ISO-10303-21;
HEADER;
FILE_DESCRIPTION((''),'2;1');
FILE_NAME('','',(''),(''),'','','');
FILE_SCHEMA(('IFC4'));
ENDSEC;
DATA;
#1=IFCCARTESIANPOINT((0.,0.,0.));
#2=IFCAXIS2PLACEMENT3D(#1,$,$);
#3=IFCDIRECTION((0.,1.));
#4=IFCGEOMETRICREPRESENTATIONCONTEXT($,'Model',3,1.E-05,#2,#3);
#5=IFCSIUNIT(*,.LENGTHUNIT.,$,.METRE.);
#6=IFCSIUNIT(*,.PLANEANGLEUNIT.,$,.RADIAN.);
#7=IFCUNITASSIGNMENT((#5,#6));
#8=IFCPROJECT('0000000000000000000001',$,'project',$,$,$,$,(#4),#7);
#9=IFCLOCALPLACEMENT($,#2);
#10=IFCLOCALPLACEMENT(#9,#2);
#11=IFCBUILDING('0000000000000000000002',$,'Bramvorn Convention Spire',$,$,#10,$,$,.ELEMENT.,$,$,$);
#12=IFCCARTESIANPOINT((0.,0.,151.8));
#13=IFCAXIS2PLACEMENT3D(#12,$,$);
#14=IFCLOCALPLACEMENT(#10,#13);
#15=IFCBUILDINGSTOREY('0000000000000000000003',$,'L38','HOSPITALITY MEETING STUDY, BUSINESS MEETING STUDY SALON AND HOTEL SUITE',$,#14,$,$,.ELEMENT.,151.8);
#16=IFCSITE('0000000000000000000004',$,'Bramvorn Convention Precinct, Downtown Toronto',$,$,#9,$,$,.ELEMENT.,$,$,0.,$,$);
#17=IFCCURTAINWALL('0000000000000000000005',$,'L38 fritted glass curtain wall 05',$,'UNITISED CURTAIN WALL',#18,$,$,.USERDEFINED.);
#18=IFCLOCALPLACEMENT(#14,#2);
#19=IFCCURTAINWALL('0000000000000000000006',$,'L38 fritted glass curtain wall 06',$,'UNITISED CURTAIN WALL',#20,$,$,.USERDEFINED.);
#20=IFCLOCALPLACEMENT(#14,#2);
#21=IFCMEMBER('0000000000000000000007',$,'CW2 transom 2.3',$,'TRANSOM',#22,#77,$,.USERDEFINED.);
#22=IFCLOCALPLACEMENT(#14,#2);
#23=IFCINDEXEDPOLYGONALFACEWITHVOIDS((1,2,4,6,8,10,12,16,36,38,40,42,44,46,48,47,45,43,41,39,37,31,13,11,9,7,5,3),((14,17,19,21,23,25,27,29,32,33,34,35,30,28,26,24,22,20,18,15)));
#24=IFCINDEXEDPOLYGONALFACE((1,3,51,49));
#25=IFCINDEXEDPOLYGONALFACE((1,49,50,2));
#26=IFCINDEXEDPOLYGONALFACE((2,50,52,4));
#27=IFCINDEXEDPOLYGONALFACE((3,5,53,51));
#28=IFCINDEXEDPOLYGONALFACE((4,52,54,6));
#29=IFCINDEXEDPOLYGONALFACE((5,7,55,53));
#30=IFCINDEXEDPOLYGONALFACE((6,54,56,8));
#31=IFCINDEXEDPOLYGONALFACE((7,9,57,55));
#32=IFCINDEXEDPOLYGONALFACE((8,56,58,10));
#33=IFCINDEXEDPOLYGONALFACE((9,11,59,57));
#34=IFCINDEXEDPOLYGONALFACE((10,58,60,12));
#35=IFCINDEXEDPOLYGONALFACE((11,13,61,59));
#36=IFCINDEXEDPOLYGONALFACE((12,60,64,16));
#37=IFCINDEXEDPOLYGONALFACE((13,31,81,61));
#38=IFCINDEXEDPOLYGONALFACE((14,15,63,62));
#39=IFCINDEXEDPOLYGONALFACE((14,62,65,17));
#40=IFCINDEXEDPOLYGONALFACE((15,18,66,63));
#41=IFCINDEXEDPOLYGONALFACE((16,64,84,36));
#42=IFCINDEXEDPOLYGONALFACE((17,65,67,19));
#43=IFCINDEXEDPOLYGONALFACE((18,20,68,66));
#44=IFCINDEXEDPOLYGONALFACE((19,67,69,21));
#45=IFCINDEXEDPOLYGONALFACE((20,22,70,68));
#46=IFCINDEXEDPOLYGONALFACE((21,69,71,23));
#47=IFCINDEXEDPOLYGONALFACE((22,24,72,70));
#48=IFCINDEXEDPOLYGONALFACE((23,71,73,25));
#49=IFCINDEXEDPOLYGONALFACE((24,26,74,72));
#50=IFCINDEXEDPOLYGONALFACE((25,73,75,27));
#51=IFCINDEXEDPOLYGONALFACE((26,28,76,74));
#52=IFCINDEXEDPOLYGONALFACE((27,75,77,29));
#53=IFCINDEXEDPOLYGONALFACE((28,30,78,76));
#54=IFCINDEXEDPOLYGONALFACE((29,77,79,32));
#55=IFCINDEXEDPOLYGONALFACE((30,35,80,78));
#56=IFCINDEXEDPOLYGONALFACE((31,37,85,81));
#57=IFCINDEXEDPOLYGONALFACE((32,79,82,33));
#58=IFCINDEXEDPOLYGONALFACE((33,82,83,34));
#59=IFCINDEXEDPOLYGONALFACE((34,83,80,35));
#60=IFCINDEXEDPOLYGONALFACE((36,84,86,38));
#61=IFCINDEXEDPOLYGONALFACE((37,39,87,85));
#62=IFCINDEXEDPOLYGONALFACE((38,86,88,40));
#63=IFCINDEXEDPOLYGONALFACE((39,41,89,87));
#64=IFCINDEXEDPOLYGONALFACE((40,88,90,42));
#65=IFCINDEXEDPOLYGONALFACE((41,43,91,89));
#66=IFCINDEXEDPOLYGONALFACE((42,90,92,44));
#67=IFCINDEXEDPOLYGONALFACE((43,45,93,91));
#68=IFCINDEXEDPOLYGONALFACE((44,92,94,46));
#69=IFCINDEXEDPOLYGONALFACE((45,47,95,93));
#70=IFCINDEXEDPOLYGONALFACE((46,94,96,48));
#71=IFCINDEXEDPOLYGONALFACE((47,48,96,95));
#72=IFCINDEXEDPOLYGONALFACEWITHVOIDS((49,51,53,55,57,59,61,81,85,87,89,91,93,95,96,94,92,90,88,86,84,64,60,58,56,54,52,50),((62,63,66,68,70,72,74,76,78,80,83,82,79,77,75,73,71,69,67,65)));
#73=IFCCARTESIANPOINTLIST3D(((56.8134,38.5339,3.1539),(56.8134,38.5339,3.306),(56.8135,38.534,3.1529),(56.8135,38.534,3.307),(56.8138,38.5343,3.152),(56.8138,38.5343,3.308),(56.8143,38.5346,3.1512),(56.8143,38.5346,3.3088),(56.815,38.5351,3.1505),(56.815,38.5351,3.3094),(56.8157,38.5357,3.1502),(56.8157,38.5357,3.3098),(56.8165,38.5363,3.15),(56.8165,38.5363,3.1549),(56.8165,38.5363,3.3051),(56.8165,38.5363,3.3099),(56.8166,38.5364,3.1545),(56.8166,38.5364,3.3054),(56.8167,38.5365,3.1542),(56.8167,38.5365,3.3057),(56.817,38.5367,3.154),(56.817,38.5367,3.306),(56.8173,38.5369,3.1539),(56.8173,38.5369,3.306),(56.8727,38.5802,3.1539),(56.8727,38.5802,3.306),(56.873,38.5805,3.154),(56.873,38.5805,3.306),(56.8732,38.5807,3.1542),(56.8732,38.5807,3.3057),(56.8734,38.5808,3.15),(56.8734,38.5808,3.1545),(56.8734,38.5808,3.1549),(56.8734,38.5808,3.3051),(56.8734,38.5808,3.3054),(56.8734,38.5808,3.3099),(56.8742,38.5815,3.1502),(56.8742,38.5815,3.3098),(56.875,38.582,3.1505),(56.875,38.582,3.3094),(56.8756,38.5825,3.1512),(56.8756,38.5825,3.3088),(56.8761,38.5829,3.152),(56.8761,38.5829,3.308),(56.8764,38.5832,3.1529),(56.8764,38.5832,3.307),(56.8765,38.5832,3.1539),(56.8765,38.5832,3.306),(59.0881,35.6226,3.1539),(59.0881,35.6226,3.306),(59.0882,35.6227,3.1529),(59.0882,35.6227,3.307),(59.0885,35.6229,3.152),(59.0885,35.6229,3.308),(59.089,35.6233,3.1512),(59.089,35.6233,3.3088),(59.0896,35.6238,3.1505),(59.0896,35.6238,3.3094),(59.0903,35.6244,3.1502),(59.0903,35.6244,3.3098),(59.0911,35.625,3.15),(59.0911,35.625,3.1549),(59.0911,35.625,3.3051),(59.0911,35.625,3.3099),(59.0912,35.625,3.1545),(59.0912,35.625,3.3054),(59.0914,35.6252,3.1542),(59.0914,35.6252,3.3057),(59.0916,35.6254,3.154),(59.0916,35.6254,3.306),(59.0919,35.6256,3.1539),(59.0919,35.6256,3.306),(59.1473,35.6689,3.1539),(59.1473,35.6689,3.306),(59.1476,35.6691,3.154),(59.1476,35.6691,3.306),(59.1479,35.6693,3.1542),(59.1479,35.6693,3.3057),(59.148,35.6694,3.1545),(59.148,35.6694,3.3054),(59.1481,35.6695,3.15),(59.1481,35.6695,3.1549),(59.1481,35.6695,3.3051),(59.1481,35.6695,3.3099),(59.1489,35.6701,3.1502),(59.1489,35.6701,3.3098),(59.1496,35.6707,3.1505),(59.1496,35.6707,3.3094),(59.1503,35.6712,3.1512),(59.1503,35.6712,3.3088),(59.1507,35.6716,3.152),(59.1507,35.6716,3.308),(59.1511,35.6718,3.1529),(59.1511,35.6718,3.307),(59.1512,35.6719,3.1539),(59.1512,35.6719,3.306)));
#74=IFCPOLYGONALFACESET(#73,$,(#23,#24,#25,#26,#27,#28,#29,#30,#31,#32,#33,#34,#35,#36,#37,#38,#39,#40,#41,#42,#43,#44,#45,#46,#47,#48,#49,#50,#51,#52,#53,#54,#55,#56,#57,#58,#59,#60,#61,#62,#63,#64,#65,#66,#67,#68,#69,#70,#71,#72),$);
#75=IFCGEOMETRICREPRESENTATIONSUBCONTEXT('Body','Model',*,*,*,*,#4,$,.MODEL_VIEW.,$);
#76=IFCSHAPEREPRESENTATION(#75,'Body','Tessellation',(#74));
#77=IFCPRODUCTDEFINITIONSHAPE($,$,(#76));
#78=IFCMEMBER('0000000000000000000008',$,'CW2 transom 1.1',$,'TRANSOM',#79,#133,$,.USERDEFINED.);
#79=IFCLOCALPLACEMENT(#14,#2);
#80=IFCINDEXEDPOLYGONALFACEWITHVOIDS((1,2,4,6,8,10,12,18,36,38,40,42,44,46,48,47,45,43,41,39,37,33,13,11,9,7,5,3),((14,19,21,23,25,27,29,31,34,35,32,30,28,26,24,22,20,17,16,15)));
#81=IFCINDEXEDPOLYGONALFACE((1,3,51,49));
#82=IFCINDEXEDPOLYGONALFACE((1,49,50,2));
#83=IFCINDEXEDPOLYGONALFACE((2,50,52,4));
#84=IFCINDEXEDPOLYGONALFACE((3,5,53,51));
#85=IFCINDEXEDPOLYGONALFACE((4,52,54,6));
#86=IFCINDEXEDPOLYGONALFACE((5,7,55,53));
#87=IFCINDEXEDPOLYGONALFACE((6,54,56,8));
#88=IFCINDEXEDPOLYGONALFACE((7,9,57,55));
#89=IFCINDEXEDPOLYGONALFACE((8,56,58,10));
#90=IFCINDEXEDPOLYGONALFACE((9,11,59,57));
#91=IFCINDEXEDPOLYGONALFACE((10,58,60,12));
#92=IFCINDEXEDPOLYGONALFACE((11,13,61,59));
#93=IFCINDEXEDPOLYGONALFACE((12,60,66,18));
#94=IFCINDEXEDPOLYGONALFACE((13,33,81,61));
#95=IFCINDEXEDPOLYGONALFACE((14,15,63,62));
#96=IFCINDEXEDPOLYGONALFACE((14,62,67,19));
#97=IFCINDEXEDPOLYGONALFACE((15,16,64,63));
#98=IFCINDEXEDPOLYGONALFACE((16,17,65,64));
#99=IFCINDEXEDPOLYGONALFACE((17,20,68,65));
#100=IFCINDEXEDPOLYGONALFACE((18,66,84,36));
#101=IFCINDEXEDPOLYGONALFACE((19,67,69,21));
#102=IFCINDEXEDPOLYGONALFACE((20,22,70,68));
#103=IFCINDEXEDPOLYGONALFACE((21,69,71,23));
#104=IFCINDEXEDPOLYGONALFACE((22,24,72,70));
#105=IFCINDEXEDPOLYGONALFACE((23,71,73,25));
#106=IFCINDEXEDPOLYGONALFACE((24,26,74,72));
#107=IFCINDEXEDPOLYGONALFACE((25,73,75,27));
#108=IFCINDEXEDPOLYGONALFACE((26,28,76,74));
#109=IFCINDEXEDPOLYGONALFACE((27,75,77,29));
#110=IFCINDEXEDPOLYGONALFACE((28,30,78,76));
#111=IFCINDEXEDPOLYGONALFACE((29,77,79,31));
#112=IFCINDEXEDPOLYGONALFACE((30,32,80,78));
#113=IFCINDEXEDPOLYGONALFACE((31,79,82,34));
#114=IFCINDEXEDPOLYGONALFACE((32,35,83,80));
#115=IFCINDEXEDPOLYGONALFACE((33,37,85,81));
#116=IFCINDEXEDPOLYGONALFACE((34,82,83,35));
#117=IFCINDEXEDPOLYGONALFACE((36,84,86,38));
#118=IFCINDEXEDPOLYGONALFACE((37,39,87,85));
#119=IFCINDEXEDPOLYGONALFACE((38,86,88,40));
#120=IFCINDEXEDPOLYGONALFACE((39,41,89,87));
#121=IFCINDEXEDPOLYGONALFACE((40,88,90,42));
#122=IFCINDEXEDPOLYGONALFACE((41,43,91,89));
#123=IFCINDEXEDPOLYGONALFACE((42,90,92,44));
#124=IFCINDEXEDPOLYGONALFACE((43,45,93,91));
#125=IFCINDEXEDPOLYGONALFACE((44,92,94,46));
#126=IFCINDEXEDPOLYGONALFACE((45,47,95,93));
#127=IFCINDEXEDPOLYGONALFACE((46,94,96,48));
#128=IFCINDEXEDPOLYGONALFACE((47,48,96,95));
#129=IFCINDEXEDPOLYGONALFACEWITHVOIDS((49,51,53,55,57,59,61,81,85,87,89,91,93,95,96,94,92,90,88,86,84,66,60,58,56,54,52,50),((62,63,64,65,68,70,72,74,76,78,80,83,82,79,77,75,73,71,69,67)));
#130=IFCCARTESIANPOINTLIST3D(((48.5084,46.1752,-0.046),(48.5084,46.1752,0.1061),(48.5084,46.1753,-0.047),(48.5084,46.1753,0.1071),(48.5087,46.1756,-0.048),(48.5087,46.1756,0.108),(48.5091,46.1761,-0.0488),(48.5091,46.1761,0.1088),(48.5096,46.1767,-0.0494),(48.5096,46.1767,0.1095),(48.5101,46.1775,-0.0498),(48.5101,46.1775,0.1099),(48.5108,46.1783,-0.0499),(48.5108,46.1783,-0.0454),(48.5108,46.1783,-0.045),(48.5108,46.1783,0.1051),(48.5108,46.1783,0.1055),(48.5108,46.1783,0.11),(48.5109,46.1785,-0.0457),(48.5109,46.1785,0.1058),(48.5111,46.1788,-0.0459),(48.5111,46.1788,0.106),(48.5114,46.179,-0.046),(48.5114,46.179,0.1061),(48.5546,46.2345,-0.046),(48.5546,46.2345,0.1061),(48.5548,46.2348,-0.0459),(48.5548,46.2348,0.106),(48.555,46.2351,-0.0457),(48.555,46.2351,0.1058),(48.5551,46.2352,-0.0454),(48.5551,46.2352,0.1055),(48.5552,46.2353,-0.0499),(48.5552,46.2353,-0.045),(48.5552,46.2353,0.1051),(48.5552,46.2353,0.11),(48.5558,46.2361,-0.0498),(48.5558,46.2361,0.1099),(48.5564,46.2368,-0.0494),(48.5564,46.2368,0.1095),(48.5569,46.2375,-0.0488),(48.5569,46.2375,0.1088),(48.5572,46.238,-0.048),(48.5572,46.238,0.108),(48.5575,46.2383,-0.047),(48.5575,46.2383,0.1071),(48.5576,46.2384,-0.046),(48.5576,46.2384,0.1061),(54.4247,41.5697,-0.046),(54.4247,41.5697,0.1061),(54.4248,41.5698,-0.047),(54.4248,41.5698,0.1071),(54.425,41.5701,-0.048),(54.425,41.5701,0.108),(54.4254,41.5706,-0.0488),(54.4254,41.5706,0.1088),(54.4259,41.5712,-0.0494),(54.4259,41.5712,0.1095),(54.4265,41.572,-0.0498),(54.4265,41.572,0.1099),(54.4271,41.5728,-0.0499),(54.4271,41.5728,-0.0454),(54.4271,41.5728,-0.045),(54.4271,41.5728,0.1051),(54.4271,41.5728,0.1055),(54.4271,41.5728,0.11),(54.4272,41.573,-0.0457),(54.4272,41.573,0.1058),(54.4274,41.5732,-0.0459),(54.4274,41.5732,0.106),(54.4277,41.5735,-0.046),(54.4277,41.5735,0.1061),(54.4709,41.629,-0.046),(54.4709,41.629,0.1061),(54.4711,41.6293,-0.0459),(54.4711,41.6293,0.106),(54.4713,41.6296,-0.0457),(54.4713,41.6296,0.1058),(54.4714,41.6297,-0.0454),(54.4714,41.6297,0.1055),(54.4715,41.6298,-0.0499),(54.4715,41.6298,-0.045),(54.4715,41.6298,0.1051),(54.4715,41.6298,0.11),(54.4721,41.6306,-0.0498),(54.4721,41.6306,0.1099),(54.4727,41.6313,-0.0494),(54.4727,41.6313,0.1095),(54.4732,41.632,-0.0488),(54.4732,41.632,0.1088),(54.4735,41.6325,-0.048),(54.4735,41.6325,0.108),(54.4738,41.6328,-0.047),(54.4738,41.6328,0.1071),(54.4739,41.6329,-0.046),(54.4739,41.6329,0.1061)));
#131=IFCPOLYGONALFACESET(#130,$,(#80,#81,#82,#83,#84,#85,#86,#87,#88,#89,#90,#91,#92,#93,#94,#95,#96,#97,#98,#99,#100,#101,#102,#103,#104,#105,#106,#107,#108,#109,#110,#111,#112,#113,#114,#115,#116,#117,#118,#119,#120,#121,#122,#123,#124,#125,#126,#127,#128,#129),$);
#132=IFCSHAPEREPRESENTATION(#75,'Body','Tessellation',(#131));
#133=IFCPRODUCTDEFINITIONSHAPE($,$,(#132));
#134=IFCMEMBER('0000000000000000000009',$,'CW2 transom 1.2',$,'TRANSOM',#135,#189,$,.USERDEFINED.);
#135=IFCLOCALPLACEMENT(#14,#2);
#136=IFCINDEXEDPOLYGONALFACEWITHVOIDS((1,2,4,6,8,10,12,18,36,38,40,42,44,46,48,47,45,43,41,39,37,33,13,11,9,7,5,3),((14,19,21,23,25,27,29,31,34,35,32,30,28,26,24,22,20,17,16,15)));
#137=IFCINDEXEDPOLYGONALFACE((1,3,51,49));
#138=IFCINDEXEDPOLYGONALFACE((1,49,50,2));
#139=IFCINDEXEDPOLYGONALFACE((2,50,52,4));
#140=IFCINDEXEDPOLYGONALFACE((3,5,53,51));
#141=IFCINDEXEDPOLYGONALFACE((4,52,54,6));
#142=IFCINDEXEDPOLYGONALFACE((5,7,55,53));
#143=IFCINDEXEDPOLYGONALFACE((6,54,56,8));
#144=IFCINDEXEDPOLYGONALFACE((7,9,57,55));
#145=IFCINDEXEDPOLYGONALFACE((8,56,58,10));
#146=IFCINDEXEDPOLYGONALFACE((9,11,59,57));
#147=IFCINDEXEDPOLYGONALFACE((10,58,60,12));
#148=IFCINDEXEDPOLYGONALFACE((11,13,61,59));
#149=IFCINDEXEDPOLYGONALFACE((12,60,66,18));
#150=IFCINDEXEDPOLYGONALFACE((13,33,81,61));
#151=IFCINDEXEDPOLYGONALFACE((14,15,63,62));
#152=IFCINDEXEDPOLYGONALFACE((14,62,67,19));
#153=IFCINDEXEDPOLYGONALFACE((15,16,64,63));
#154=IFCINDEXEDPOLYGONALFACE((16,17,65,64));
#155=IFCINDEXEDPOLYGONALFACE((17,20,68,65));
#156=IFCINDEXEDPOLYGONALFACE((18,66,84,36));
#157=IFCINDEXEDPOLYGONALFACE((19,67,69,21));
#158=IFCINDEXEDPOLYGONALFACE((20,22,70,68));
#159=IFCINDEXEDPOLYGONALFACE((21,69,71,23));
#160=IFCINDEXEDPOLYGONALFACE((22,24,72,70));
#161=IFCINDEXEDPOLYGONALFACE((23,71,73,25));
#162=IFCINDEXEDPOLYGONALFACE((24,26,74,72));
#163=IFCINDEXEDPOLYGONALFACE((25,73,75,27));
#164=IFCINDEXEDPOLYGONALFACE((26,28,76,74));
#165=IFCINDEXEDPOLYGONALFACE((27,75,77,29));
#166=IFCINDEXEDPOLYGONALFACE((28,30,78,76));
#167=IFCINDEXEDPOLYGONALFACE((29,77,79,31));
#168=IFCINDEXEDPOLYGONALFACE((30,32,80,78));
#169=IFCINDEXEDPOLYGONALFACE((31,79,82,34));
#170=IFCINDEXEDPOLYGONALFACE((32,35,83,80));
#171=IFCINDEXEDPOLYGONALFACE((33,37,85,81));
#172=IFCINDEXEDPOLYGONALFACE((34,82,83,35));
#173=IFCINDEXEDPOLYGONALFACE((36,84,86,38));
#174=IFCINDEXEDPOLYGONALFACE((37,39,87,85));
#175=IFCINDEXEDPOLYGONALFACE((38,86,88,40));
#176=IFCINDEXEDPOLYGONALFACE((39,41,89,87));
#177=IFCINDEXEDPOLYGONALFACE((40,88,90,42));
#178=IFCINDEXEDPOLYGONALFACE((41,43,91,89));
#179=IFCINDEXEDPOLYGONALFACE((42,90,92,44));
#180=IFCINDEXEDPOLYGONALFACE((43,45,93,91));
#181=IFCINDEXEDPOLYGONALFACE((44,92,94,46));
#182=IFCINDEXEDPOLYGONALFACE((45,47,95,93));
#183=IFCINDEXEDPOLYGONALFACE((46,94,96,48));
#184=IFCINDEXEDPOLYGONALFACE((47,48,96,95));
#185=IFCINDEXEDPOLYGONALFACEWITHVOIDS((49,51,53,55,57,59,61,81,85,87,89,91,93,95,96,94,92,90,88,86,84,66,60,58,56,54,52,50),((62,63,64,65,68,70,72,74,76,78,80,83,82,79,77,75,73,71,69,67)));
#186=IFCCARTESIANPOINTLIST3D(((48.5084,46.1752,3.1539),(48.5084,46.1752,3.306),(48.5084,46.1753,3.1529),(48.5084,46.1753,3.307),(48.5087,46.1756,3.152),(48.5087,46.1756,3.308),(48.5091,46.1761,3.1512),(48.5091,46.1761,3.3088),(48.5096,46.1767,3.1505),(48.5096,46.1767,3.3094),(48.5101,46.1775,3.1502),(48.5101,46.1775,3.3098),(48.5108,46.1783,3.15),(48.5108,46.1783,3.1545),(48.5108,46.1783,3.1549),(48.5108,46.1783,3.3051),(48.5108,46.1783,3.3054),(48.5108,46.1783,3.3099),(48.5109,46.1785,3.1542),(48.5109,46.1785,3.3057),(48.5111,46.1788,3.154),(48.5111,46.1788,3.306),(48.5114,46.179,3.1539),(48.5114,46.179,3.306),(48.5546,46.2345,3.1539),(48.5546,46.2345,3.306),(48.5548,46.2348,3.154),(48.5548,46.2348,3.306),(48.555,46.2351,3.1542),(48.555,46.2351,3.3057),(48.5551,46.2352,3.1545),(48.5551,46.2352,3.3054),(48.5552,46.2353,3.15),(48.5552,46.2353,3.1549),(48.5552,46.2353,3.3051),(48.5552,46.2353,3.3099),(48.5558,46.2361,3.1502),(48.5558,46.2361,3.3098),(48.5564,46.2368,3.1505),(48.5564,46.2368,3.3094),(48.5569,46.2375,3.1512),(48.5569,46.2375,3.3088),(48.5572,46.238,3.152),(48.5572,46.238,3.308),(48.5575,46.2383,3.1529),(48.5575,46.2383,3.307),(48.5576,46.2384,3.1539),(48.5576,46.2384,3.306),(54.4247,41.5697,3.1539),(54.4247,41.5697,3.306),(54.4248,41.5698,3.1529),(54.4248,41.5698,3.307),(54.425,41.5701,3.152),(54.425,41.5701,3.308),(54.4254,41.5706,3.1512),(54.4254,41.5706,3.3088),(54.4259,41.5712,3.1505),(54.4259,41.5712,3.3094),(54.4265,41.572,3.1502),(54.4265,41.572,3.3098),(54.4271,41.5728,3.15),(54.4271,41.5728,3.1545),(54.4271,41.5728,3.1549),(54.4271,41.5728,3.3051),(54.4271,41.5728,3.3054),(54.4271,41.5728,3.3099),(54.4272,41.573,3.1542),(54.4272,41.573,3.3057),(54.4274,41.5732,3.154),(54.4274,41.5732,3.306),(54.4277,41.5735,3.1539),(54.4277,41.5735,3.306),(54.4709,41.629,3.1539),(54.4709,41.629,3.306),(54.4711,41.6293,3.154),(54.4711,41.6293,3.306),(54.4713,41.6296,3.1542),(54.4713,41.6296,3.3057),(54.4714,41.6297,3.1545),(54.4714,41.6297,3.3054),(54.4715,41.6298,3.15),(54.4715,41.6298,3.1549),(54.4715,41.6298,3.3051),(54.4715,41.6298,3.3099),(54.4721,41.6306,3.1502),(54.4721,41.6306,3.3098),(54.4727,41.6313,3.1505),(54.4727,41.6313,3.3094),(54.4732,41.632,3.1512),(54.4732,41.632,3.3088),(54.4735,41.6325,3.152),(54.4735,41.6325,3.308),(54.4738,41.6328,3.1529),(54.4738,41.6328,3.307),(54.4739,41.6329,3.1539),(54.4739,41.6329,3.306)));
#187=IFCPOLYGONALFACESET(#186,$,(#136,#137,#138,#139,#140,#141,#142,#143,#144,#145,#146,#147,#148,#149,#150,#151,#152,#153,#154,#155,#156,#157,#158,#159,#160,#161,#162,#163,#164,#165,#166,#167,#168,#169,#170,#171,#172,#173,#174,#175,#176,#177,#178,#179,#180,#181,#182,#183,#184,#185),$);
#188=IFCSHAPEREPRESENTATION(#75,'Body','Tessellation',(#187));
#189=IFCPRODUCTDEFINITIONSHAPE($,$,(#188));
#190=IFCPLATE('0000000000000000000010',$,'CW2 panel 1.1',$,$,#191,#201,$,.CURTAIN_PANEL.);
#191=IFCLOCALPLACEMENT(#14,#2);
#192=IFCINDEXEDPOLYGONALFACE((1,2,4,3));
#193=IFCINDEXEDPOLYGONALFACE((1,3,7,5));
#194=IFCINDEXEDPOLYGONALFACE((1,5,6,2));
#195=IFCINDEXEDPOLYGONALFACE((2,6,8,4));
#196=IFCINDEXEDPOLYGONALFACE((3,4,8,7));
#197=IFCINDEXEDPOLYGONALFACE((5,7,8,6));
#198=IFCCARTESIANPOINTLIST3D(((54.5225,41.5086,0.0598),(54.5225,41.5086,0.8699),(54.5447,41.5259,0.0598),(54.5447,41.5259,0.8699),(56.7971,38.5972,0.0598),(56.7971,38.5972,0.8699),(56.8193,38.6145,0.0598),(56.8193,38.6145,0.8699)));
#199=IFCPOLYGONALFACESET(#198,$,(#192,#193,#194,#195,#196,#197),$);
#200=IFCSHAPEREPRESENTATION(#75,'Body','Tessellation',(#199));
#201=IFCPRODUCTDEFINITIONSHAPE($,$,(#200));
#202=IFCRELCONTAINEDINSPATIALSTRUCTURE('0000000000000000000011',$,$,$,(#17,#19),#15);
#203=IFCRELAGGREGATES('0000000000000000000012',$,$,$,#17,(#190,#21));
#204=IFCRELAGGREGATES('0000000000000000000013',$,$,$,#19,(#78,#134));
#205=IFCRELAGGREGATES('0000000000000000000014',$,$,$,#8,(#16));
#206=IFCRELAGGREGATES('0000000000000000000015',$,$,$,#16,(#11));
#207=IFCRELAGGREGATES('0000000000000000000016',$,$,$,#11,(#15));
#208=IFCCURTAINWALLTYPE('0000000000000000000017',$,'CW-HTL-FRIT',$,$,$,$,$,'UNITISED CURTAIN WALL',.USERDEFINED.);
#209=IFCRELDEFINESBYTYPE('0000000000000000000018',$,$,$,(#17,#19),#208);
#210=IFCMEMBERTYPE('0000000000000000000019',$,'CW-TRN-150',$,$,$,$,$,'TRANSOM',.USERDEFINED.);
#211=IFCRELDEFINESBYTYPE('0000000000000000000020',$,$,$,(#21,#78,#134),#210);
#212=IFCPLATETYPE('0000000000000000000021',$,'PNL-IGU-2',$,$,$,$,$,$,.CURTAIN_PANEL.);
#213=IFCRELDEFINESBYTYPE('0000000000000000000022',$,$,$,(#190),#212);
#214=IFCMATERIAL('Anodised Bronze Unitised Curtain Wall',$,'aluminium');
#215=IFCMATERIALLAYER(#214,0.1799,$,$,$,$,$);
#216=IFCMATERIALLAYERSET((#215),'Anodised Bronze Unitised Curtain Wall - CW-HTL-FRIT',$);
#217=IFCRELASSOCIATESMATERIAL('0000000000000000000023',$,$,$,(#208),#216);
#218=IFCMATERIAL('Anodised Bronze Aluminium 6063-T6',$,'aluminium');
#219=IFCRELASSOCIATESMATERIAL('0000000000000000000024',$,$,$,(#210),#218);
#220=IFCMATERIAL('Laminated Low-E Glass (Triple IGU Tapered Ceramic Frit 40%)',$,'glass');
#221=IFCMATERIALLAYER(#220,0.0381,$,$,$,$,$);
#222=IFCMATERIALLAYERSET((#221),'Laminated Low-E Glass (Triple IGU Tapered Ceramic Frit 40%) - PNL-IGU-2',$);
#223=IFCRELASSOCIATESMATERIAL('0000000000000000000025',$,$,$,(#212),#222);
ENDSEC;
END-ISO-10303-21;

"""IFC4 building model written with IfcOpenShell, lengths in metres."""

from ifc_helpers import new_model, si_unit, direction, frame, origin, origin_2d, place, context, subcontext, project, spatial, rectangle, hollow_rectangle, extrude, material, layer, layer_set, material_profile, profile_set, type_object, element, aggregate, save


model = new_model("IFC4")

# Units and contexts
model_context = context("Model", 3, precision=1e-05, world=origin(), true_north=direction((0.0, 1.0)))
body_context = subcontext(model_context, "Body", "Model", "MODEL_VIEW")
ifc_project = project(units=[si_unit("LENGTHUNIT", "METRE"), si_unit("PLANEANGLEUNIT", "RADIAN")], contexts=[model_context])

# Site, building, storey
site_placement = place(None, origin())
site = spatial("IfcSite", under=ifc_project, at=site_placement, Name="Bramvorn Convention Precinct, Downtown Toronto", CompositionType="ELEMENT", RefElevation=0.0)
building_placement = place(site_placement, origin())
building = spatial("IfcBuilding", under=site, at=building_placement, Name="Bramvorn Convention Spire", CompositionType="ELEMENT")
storey_placement = place(building_placement, frame((0.0, 0.0, 151.8)))
storey = spatial("IfcBuildingStorey", under=building, at=storey_placement, Name="L38", Description="HOSPITALITY MEETING STUDY, BUSINESS MEETING STUDY SALON AND HOTEL SUITE", CompositionType="ELEMENT", Elevation=151.8)

# Curtain walls
ifc_material_1 = material(Name="Anodised Bronze Unitised Curtain Wall", Category="aluminium")
ifc_layer_1 = layer(ifc_material_1, 0.1799)
ifc_layer_set_1 = layer_set([ifc_layer_1], Name="Anodised Bronze Unitised Curtain Wall - CW-HTL-FRIT")
curtain_wall_type = type_object("IfcCurtainWallType", Name="CW-HTL-FRIT", ElementType="UNITISED CURTAIN WALL", PredefinedType="USERDEFINED", material=ifc_layer_set_1)
curtain_wall_1_placement = place(storey_placement, origin())
curtain_wall_1 = element("IfcCurtainWall", 1, at=curtain_wall_1_placement, inside=storey, type_object=curtain_wall_type, Name="L38 fritted glass curtain wall 05", ObjectType="UNITISED CURTAIN WALL", PredefinedType="USERDEFINED")
ifc_material_2 = material(Name="Anodised Bronze Aluminium 6063-T6", Category="aluminium")
curtain_wall_2_placement = place(storey_placement, origin())
curtain_wall_2 = element("IfcCurtainWall", 2, at=curtain_wall_2_placement, inside=storey, type_object=curtain_wall_type, Name="L38 fritted glass curtain wall 06", ObjectType="UNITISED CURTAIN WALL", PredefinedType="USERDEFINED")

# Members
ifc_material_profile_1 = material_profile(ifc_material_2, hollow_rectangle(XDim=0.0801, YDim=0.1599, WallThickness=0.0039, InnerFilletRadius=0.001, OuterFilletRadius=0.0039, at=origin_2d()))
ifc_profile_set_1 = profile_set([ifc_material_profile_1], Name="Anodised Bronze Aluminium 6063-T6 - CWT80X160")
member_type_1 = type_object("IfcMemberType", Name="CW-TRN-150", ElementType="TRANSOM", PredefinedType="USERDEFINED", material=ifc_profile_set_1)
member_1_placement = place(storey_placement, frame((56.845, 38.5586, 3.23), z_axis=(0.615668, -0.788005, 0.0), x_axis=(0.788005, 0.615668, 0.0)))
member_1 = element("IfcMember", 3, at=member_1_placement, type_object=member_type_1, Name="CW2 transom 2.3", ObjectType="TRANSOM", PredefinedType="USERDEFINED", context=body_context, shape_type="SweptSolid", body=[
    extrude(hollow_rectangle(XDim=0.0801, YDim=0.1599, WallThickness=0.0039, InnerFilletRadius=0.001, OuterFilletRadius=0.0039, at=origin_2d()), origin(), (0.0, 0.0, 1.0), 3.6946),
])
member_2_placement = place(storey_placement, frame((48.533, 46.2068, 0.03), z_axis=(0.789098, -0.614267, 0.0), x_axis=(0.614267, 0.789098, 0.0)))
member_2 = element("IfcMember", 4, at=member_2_placement, type_object=member_type_1, Name="CW2 transom 1.1", ObjectType="TRANSOM", PredefinedType="USERDEFINED", context=body_context, shape_type="SweptSolid", body=[
    extrude(hollow_rectangle(XDim=0.0801, YDim=0.1599, WallThickness=0.0039, InnerFilletRadius=0.001, OuterFilletRadius=0.0039, at=origin_2d()), origin(), (0.0, 0.0, 1.0), 7.4976),
])
member_3_placement = place(storey_placement, frame((48.533, 46.2068, 3.23), z_axis=(0.789098, -0.614267, 0.0), x_axis=(0.614267, 0.789098, 0.0)))
member_3 = element("IfcMember", 5, at=member_3_placement, type_object=member_type_1, Name="CW2 transom 1.2", ObjectType="TRANSOM", PredefinedType="USERDEFINED", context=body_context, shape_type="SweptSolid", body=[
    extrude(hollow_rectangle(XDim=0.0801, YDim=0.1599, WallThickness=0.0039, InnerFilletRadius=0.001, OuterFilletRadius=0.0039, at=origin_2d()), origin(), (0.0, 0.0, 1.0), 7.4976),
])

# Plate
ifc_material_3 = material(Name="Laminated Low-E Glass (Triple IGU Tapered Ceramic Frit 40%)", Category="glass")
ifc_layer_2 = layer(ifc_material_3, 0.0381)
ifc_layer_set_2 = layer_set([ifc_layer_2], Name="Laminated Low-E Glass (Triple IGU Tapered Ceramic Frit 40%) - PNL-IGU-2")
plate_type = type_object("IfcPlateType", Name="PNL-IGU-2", PredefinedType="CURTAIN_PANEL", material=ifc_layer_set_2)
plate_1_placement = place(storey_placement, frame((55.6709, 40.0615, 0.0598), z_axis=(0.0, 0.0, 1.0), x_axis=(0.615657, -0.788014, 0.0)))
plate_1 = element("IfcPlate", 6, at=plate_1_placement, type_object=plate_type, Name="CW2 panel 1.1", PredefinedType="CURTAIN_PANEL", context=body_context, shape_type="SweptSolid", body=[
    extrude(rectangle(XDim=3.6946, YDim=0.0281, at=origin_2d()), origin(), (0.0, 0.0, 1.0), 0.8101),
])
aggregate(curtain_wall_1, [plate_1, member_1])
aggregate(curtain_wall_2, [member_2, member_3])

save(model, "model.ifc")
